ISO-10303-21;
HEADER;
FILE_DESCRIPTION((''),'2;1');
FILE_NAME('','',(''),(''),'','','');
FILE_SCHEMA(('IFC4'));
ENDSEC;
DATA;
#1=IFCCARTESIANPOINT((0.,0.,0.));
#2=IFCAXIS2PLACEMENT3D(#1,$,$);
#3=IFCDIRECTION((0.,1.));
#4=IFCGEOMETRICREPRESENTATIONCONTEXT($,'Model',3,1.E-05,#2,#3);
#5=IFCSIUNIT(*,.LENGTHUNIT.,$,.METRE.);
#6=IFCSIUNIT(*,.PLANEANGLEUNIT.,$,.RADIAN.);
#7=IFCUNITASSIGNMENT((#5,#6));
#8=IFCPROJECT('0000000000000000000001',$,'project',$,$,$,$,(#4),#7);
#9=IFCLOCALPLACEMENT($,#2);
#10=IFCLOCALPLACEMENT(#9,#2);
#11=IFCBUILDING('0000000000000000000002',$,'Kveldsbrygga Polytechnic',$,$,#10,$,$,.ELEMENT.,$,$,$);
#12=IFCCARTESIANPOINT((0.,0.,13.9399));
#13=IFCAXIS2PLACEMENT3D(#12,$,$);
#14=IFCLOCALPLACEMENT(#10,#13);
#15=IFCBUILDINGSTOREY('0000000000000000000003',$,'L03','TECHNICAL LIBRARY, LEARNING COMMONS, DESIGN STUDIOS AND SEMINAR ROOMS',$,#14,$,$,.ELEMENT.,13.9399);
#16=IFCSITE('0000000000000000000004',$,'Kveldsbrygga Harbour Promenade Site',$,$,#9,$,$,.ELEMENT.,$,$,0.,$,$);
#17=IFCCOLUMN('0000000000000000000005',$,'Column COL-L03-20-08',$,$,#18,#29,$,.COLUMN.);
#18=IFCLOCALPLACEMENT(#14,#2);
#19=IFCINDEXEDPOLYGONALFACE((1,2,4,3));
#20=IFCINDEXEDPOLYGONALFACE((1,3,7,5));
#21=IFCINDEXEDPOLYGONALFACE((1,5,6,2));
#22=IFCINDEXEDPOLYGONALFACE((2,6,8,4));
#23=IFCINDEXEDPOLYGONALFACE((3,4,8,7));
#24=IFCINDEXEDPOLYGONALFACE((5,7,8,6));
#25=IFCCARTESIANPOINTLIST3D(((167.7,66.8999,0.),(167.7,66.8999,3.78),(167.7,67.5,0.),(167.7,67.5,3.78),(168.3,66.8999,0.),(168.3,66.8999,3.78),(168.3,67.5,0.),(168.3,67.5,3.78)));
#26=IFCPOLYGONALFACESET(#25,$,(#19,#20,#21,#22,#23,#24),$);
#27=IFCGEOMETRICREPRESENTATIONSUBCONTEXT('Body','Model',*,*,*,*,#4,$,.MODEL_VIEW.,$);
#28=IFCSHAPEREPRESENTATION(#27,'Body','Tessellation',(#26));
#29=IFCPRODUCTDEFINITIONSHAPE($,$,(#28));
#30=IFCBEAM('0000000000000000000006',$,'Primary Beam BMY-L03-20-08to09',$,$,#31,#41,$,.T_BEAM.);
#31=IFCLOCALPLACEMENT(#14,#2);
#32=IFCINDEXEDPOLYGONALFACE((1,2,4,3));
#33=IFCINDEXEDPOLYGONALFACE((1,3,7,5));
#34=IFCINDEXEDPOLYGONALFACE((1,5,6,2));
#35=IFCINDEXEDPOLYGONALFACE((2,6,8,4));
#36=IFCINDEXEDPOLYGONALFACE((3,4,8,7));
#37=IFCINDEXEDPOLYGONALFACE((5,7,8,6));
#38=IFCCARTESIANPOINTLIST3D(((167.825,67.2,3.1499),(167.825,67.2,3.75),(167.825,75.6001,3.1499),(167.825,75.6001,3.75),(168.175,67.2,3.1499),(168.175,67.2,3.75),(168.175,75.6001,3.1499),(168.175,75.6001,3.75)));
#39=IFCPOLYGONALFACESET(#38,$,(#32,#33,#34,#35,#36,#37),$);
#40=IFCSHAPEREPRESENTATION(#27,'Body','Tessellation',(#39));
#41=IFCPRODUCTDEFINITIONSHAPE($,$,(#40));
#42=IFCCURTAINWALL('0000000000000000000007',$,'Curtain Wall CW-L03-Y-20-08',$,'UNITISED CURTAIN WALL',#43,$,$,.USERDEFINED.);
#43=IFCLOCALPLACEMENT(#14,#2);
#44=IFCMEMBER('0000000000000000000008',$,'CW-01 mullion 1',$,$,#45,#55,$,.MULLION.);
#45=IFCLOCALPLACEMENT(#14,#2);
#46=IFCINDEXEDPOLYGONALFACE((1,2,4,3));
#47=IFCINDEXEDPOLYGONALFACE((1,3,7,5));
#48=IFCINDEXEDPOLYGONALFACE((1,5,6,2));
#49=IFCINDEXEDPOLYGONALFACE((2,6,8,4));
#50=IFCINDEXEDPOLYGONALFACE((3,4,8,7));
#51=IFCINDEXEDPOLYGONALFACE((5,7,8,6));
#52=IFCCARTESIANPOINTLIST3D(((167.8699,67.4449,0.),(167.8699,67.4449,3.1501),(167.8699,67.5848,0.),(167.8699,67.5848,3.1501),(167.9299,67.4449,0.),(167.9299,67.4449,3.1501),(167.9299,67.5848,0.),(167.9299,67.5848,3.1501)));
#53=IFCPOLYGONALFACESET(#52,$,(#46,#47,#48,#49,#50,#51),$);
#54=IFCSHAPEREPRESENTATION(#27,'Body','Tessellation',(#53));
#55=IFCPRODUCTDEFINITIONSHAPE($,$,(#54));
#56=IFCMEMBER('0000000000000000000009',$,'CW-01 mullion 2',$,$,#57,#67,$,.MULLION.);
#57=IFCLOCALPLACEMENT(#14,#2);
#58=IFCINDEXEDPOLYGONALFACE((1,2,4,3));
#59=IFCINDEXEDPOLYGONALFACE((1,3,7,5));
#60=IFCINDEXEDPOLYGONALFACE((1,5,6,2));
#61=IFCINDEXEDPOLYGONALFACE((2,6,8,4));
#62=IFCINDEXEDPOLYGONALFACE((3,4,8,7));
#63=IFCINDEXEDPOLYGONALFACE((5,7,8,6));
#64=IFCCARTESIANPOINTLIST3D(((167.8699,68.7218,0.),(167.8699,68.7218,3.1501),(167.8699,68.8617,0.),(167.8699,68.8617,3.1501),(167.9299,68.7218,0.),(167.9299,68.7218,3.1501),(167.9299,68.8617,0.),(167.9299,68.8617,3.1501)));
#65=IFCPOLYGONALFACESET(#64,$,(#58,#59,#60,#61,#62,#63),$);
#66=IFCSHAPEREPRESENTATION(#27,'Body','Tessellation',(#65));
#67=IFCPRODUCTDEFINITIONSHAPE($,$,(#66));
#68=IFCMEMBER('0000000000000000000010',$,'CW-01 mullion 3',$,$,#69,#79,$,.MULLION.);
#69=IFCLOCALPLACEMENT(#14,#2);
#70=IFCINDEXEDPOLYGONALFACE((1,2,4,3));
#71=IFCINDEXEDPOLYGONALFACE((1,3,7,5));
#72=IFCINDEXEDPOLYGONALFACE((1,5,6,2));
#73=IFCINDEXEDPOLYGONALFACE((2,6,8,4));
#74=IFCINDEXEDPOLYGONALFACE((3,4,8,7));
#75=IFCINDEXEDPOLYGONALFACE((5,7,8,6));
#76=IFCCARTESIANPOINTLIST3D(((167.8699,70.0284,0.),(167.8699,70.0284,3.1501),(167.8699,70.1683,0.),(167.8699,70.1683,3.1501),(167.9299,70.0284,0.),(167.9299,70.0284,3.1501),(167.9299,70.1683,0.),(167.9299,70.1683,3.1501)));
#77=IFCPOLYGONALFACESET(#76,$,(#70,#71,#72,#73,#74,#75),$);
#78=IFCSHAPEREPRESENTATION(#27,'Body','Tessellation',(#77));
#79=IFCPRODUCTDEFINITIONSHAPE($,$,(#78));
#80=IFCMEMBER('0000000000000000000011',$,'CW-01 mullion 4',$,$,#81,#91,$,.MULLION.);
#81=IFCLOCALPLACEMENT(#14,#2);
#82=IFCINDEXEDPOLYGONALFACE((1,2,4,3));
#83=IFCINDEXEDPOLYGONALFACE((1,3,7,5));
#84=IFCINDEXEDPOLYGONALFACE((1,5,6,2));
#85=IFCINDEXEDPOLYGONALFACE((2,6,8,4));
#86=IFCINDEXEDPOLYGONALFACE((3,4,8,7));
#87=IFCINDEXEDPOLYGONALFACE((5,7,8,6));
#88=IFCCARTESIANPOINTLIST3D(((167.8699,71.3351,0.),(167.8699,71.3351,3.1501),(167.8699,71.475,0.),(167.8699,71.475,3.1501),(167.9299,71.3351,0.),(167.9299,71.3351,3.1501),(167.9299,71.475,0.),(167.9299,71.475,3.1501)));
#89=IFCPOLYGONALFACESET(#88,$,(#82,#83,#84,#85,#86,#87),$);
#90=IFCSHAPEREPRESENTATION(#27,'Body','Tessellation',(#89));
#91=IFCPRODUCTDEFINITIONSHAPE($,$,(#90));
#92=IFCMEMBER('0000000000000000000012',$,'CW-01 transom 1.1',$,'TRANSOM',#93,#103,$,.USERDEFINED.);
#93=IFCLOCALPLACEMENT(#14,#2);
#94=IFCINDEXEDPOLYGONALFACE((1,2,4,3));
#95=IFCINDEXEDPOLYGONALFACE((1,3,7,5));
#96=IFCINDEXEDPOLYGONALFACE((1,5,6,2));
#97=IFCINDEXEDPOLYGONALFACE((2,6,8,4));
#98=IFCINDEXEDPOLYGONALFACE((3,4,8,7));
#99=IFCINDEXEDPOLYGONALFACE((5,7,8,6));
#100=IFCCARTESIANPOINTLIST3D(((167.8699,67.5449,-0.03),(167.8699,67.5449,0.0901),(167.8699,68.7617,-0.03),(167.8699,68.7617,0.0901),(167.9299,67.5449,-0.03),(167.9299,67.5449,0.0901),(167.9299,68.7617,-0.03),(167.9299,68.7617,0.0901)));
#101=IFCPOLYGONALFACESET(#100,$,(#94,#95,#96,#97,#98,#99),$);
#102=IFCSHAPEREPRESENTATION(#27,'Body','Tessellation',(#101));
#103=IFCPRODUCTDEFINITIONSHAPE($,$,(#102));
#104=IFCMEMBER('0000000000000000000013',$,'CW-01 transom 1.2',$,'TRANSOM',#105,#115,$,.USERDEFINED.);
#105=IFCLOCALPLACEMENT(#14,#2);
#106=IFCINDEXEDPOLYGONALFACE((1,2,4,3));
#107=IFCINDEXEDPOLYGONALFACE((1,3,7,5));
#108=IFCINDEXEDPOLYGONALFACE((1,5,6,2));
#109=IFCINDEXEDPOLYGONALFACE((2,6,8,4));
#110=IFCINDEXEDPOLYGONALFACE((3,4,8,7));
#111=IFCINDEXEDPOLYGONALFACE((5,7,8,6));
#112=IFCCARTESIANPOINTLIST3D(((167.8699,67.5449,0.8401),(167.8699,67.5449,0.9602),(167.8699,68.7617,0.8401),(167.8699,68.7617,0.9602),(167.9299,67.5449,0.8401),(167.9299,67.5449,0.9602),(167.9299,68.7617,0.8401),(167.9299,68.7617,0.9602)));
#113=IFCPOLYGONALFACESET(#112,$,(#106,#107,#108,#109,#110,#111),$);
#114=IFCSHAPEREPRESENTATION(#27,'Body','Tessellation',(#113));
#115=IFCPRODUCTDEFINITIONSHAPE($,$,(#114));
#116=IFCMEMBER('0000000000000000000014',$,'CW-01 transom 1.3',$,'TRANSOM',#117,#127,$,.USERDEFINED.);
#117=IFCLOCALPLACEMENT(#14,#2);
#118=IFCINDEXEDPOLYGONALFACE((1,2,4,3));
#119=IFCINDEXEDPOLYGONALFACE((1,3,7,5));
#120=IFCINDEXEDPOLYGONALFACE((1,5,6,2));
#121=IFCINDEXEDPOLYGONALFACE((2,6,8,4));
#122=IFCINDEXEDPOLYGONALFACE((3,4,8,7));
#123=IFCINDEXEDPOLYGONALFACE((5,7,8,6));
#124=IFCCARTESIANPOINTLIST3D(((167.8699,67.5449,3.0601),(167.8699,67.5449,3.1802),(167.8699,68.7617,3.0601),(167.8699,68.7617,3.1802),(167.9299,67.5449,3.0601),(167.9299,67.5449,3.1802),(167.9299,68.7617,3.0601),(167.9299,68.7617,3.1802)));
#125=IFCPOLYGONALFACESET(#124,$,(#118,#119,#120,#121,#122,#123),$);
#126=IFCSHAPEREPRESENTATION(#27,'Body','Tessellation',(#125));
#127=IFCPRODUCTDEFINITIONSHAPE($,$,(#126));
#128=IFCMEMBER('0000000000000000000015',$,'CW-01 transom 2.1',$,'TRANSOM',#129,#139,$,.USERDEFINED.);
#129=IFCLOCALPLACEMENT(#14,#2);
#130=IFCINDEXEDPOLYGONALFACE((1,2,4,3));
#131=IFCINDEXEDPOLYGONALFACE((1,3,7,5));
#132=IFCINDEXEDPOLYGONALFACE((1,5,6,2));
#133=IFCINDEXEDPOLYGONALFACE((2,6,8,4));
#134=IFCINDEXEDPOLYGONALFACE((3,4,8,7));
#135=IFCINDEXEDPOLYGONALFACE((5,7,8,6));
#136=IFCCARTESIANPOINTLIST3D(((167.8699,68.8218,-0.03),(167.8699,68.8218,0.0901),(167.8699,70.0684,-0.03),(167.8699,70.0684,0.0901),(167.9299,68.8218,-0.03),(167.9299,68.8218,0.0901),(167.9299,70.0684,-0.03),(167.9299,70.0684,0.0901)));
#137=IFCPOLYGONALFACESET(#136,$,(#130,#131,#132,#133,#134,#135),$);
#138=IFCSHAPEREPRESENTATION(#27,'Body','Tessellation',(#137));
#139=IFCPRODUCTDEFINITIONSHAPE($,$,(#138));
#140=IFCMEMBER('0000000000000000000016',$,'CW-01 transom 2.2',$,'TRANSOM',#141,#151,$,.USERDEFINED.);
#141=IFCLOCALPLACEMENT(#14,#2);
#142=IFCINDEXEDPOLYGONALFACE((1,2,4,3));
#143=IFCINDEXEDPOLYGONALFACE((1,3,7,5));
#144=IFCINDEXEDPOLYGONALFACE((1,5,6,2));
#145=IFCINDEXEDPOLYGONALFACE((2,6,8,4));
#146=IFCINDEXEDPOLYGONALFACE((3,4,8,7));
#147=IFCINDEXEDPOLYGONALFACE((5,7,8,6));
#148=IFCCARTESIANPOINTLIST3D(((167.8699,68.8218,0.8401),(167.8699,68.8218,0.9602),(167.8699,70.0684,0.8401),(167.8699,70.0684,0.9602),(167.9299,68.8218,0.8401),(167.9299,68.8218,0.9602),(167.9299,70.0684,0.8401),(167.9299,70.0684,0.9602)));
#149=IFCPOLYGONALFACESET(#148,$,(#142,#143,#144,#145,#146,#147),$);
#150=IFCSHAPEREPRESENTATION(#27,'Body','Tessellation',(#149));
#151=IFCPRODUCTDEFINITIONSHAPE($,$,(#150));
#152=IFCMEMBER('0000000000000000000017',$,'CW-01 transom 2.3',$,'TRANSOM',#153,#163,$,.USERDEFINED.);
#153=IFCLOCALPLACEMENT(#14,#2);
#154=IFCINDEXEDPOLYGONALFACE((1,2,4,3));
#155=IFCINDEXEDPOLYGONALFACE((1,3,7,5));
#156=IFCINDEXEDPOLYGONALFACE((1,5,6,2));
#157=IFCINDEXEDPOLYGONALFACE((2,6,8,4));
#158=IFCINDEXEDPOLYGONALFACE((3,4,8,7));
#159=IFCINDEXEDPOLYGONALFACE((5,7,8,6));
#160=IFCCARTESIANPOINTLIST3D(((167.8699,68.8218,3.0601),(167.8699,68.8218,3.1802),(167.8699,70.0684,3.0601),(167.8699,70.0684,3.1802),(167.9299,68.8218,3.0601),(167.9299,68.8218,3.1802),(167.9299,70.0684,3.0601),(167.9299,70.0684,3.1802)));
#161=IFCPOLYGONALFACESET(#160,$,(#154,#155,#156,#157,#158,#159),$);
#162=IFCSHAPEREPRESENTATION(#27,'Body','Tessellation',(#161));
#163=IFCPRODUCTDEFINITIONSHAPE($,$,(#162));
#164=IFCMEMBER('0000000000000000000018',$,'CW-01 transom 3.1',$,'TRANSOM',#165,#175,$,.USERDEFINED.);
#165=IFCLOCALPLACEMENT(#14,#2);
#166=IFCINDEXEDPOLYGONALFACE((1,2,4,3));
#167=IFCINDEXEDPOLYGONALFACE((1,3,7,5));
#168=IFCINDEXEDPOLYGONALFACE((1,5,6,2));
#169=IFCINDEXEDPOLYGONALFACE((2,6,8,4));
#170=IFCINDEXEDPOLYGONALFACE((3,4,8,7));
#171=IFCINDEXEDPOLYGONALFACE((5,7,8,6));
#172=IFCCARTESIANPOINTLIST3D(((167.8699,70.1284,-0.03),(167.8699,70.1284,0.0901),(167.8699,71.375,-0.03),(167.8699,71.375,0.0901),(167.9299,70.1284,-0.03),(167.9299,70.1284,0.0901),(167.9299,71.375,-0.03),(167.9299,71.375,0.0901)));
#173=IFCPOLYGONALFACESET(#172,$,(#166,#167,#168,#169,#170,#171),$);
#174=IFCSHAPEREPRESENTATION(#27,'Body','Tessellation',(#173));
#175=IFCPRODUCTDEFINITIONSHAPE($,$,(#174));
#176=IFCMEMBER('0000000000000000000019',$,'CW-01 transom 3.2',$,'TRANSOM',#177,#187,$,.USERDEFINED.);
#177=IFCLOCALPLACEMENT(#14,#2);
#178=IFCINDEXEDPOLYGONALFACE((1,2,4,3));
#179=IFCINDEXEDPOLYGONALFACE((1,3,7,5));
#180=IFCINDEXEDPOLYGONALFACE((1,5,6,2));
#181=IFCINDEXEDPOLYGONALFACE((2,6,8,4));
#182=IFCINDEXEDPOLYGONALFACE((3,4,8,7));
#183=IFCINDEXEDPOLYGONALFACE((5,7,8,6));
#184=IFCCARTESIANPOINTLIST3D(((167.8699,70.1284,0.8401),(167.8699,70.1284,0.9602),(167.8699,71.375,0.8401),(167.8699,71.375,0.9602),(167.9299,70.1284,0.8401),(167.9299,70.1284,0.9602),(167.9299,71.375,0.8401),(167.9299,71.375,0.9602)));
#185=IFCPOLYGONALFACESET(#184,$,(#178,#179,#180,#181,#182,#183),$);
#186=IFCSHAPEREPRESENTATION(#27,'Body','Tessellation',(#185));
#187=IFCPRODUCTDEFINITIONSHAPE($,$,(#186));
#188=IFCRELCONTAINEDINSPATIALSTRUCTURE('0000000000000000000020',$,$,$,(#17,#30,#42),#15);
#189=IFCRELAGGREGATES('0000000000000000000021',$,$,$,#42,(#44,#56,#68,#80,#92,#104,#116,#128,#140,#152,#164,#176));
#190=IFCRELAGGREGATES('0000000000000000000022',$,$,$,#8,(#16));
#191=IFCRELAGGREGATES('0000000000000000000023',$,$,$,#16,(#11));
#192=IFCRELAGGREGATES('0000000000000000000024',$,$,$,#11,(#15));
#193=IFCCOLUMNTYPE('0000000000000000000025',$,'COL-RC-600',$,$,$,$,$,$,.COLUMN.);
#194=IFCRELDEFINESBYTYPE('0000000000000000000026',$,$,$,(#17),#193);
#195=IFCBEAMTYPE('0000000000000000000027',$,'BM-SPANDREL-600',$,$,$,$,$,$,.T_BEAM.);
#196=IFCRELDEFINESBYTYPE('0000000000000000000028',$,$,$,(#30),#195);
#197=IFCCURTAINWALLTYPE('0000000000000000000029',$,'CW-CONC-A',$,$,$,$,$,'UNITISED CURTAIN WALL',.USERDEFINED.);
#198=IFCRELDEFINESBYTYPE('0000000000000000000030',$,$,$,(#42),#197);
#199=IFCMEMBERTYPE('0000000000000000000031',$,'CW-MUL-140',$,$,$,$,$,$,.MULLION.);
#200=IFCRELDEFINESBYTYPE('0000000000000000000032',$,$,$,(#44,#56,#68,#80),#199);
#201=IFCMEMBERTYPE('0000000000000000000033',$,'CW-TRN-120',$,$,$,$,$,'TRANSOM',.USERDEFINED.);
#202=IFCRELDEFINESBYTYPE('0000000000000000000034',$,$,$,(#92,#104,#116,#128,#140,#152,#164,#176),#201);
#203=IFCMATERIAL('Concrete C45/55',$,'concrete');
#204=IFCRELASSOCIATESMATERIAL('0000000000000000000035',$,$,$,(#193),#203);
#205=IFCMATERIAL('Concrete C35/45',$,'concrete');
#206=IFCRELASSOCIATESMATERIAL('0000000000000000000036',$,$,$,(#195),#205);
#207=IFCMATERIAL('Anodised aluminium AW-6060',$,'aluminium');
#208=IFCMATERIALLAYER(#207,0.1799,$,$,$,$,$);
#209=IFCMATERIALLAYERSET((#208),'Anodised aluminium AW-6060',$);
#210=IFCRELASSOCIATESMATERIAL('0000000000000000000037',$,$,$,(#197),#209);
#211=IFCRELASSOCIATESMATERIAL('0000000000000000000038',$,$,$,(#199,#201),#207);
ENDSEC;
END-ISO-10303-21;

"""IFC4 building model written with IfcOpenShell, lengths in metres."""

from ifc_helpers import new_model, si_unit, direction, frame, origin, origin_2d, place, context, subcontext, project, spatial, rectangle, extrude, material, layer, layer_set, material_profile, profile_set, type_object, element, aggregate, save


model = new_model("IFC4")

# Units and contexts
model_context = context("Model", 3, precision=1e-05, world=origin(), true_north=direction((0.0, 1.0)))
body_context = subcontext(model_context, "Body", "Model", "MODEL_VIEW")
ifc_project = project(units=[si_unit("LENGTHUNIT", "METRE"), si_unit("PLANEANGLEUNIT", "RADIAN")], contexts=[model_context])

# Site, building, storey
site_placement = place(None, origin())
site = spatial("IfcSite", under=ifc_project, at=site_placement, Name="Kveldsbrygga Harbour Promenade Site", CompositionType="ELEMENT", RefElevation=0.0)
building_placement = place(site_placement, origin())
building = spatial("IfcBuilding", under=site, at=building_placement, Name="Kveldsbrygga Polytechnic", CompositionType="ELEMENT")
storey_placement = place(building_placement, frame((0.0, 0.0, 13.9399)))
storey = spatial("IfcBuildingStorey", under=building, at=storey_placement, Name="L03", Description="TECHNICAL LIBRARY, LEARNING COMMONS, DESIGN STUDIOS AND SEMINAR ROOMS", CompositionType="ELEMENT", Elevation=13.9399)

# Column
ifc_material_1 = material(Name="Concrete C45/55", Category="concrete")
ifc_material_profile_1 = material_profile(ifc_material_1, rectangle(XDim=0.6001, YDim=0.6001, at=origin_2d()), Name="RC 600x600")
ifc_profile_set_1 = profile_set([ifc_material_profile_1], Name="Concrete C45/55")
column_type = type_object("IfcColumnType", Name="COL-RC-600", PredefinedType="COLUMN", material=ifc_profile_set_1)
column_placement = place(storey_placement, frame((168.0, 67.2, 0.0), z_axis=(0.0, 0.0, 1.0), x_axis=(1.0, 0.0, 0.0)))
element("IfcColumn", 1, at=column_placement, inside=storey, type_object=column_type, Name="Column COL-L03-20-08", PredefinedType="COLUMN", context=body_context, shape_type="SweptSolid", body=[
    extrude(rectangle(XDim=0.6001, YDim=0.6001, at=origin_2d()), origin(), (0.0, 0.0, 1.0), 3.78),
])

# Beam
ifc_material_2 = material(Name="Concrete C35/45", Category="concrete")
ifc_material_profile_2 = material_profile(ifc_material_2, rectangle(XDim=0.3501, YDim=0.6001, at=origin_2d()), Name="RC 350x600")
ifc_profile_set_2 = profile_set([ifc_material_profile_2], Name="Concrete C35/45")
beam_type = type_object("IfcBeamType", Name="BM-SPANDREL-600", PredefinedType="T_BEAM", material=ifc_profile_set_2)
beam_placement = place(storey_placement, frame((168.0, 67.2, 3.45), z_axis=(0.0, 1.0, 0.0), x_axis=(-1.0, 0.0, 0.0)))
element("IfcBeam", 2, at=beam_placement, inside=storey, type_object=beam_type, Name="Primary Beam BMY-L03-20-08to09", PredefinedType="T_BEAM", context=body_context, shape_type="SweptSolid", body=[
    extrude(rectangle(XDim=0.3501, YDim=0.6001, at=origin_2d()), origin(), (0.0, 0.0, 1.0), 8.4001),
])

# Curtain wall, members
ifc_material_3 = material(Name="Anodised aluminium AW-6060", Category="aluminium")
ifc_layer_1 = layer(ifc_material_3, 0.1799)
ifc_layer_set_1 = layer_set([ifc_layer_1], Name="Anodised aluminium AW-6060")
curtain_wall_type = type_object("IfcCurtainWallType", Name="CW-CONC-A", ElementType="UNITISED CURTAIN WALL", PredefinedType="USERDEFINED", material=ifc_layer_set_1)
curtain_wall_placement = place(storey_placement, origin())
curtain_wall = element("IfcCurtainWall", 3, at=curtain_wall_placement, inside=storey, type_object=curtain_wall_type, Name="Curtain Wall CW-L03-Y-20-08", ObjectType="UNITISED CURTAIN WALL", PredefinedType="USERDEFINED")
ifc_material_profile_3 = material_profile(ifc_material_3, rectangle(XDim=0.0601, YDim=0.1399, at=origin_2d()), Name="ALU 60x140")
ifc_profile_set_3 = profile_set([ifc_material_profile_3], Name="Anodised aluminium AW-6060")
member_type_1 = type_object("IfcMemberType", Name="CW-MUL-140", PredefinedType="MULLION", material=ifc_profile_set_3)
member_1_placement = place(storey_placement, frame((167.8999, 67.5149, 0.0), z_axis=(0.0, 0.0, 1.0), x_axis=(-1.0, 0.0, 0.0)))
member_1 = element("IfcMember", 4, at=member_1_placement, type_object=member_type_1, Name="CW-01 mullion 1", PredefinedType="MULLION", context=body_context, shape_type="SweptSolid", body=[
    extrude(rectangle(XDim=0.0601, YDim=0.1399, at=origin_2d()), origin(), (0.0, 0.0, 1.0), 3.1501),
])
member_2_placement = place(storey_placement, frame((167.8999, 68.7917, 0.0), z_axis=(0.0, 0.0, 1.0), x_axis=(-1.0, 0.0, 0.0)))
member_2 = element("IfcMember", 5, at=member_2_placement, type_object=member_type_1, Name="CW-01 mullion 2", PredefinedType="MULLION", context=body_context, shape_type="SweptSolid", body=[
    extrude(rectangle(XDim=0.0601, YDim=0.1399, at=origin_2d()), origin(), (0.0, 0.0, 1.0), 3.1501),
])
member_3_placement = place(storey_placement, frame((167.8999, 70.0984, 0.0), z_axis=(0.0, 0.0, 1.0), x_axis=(-1.0, 0.0, 0.0)))
member_3 = element("IfcMember", 6, at=member_3_placement, type_object=member_type_1, Name="CW-01 mullion 3", PredefinedType="MULLION", context=body_context, shape_type="SweptSolid", body=[
    extrude(rectangle(XDim=0.0601, YDim=0.1399, at=origin_2d()), origin(), (0.0, 0.0, 1.0), 3.1501),
])
member_4_placement = place(storey_placement, frame((167.8999, 71.405, 0.0), z_axis=(0.0, 0.0, 1.0), x_axis=(-1.0, 0.0, 0.0)))
member_4 = element("IfcMember", 7, at=member_4_placement, type_object=member_type_1, Name="CW-01 mullion 4", PredefinedType="MULLION", context=body_context, shape_type="SweptSolid", body=[
    extrude(rectangle(XDim=0.0601, YDim=0.1399, at=origin_2d()), origin(), (0.0, 0.0, 1.0), 3.1501),
])
ifc_material_profile_4 = material_profile(ifc_material_3, rectangle(XDim=0.0601, YDim=0.1201, at=origin_2d()), Name="ALU 60x120")
ifc_profile_set_4 = profile_set([ifc_material_profile_4], Name="Anodised aluminium AW-6060")
member_type_2 = type_object("IfcMemberType", Name="CW-TRN-120", ElementType="TRANSOM", PredefinedType="USERDEFINED", material=ifc_profile_set_4)
member_5_placement = place(storey_placement, frame((167.8999, 67.5449, 0.03), z_axis=(0.0, 1.0, 0.0), x_axis=(-1.0, 0.0, 0.0)))
member_5 = element("IfcMember", 8, at=member_5_placement, type_object=member_type_2, Name="CW-01 transom 1.1", ObjectType="TRANSOM", PredefinedType="USERDEFINED", context=body_context, shape_type="SweptSolid", body=[
    extrude(rectangle(XDim=0.0601, YDim=0.1201, at=origin_2d()), origin(), (0.0, 0.0, 1.0), 1.2168),
])
member_6_placement = place(storey_placement, frame((167.8999, 67.5449, 0.9001), z_axis=(0.0, 1.0, 0.0), x_axis=(-1.0, 0.0, 0.0)))
member_6 = element("IfcMember", 9, at=member_6_placement, type_object=member_type_2, Name="CW-01 transom 1.2", ObjectType="TRANSOM", PredefinedType="USERDEFINED", context=body_context, shape_type="SweptSolid", body=[
    extrude(rectangle(XDim=0.0601, YDim=0.1201, at=origin_2d()), origin(), (0.0, 0.0, 1.0), 1.2168),
])
member_7_placement = place(storey_placement, frame((167.8999, 67.5449, 3.1201), z_axis=(0.0, 1.0, 0.0), x_axis=(-1.0, 0.0, 0.0)))
member_7 = element("IfcMember", 10, at=member_7_placement, type_object=member_type_2, Name="CW-01 transom 1.3", ObjectType="TRANSOM", PredefinedType="USERDEFINED", context=body_context, shape_type="SweptSolid", body=[
    extrude(rectangle(XDim=0.0601, YDim=0.1201, at=origin_2d()), origin(), (0.0, 0.0, 1.0), 1.2168),
])
member_8_placement = place(storey_placement, frame((167.8999, 68.8218, 0.03), z_axis=(0.0, 1.0, 0.0), x_axis=(-1.0, 0.0, 0.0)))
member_8 = element("IfcMember", 11, at=member_8_placement, type_object=member_type_2, Name="CW-01 transom 2.1", ObjectType="TRANSOM", PredefinedType="USERDEFINED", context=body_context, shape_type="SweptSolid", body=[
    extrude(rectangle(XDim=0.0601, YDim=0.1201, at=origin_2d()), origin(), (0.0, 0.0, 1.0), 1.2466),
])
member_9_placement = place(storey_placement, frame((167.8999, 68.8218, 0.9001), z_axis=(0.0, 1.0, 0.0), x_axis=(-1.0, 0.0, 0.0)))
member_9 = element("IfcMember", 12, at=member_9_placement, type_object=member_type_2, Name="CW-01 transom 2.2", ObjectType="TRANSOM", PredefinedType="USERDEFINED", context=body_context, shape_type="SweptSolid", body=[
    extrude(rectangle(XDim=0.0601, YDim=0.1201, at=origin_2d()), origin(), (0.0, 0.0, 1.0), 1.2466),
])
member_10_placement = place(storey_placement, frame((167.8999, 68.8218, 3.1201), z_axis=(0.0, 1.0, 0.0), x_axis=(-1.0, 0.0, 0.0)))
member_10 = element("IfcMember", 13, at=member_10_placement, type_object=member_type_2, Name="CW-01 transom 2.3", ObjectType="TRANSOM", PredefinedType="USERDEFINED", context=body_context, shape_type="SweptSolid", body=[
    extrude(rectangle(XDim=0.0601, YDim=0.1201, at=origin_2d()), origin(), (0.0, 0.0, 1.0), 1.2466),
])
member_11_placement = place(storey_placement, frame((167.8999, 70.1284, 0.03), z_axis=(0.0, 1.0, 0.0), x_axis=(-1.0, 0.0, 0.0)))
member_11 = element("IfcMember", 14, at=member_11_placement, type_object=member_type_2, Name="CW-01 transom 3.1", ObjectType="TRANSOM", PredefinedType="USERDEFINED", context=body_context, shape_type="SweptSolid", body=[
    extrude(rectangle(XDim=0.0601, YDim=0.1201, at=origin_2d()), origin(), (0.0, 0.0, 1.0), 1.2466),
])
member_12_placement = place(storey_placement, frame((167.8999, 70.1284, 0.9001), z_axis=(0.0, 1.0, 0.0), x_axis=(-1.0, 0.0, 0.0)))
member_12 = element("IfcMember", 15, at=member_12_placement, type_object=member_type_2, Name="CW-01 transom 3.2", ObjectType="TRANSOM", PredefinedType="USERDEFINED", context=body_context, shape_type="SweptSolid", body=[
    extrude(rectangle(XDim=0.0601, YDim=0.1201, at=origin_2d()), origin(), (0.0, 0.0, 1.0), 1.2466),
])
aggregate(curtain_wall, [member_1, member_2, member_3, member_4, member_5, member_6, member_7, member_8, member_9, member_10, member_11, member_12])

save(model, "model.ifc")
